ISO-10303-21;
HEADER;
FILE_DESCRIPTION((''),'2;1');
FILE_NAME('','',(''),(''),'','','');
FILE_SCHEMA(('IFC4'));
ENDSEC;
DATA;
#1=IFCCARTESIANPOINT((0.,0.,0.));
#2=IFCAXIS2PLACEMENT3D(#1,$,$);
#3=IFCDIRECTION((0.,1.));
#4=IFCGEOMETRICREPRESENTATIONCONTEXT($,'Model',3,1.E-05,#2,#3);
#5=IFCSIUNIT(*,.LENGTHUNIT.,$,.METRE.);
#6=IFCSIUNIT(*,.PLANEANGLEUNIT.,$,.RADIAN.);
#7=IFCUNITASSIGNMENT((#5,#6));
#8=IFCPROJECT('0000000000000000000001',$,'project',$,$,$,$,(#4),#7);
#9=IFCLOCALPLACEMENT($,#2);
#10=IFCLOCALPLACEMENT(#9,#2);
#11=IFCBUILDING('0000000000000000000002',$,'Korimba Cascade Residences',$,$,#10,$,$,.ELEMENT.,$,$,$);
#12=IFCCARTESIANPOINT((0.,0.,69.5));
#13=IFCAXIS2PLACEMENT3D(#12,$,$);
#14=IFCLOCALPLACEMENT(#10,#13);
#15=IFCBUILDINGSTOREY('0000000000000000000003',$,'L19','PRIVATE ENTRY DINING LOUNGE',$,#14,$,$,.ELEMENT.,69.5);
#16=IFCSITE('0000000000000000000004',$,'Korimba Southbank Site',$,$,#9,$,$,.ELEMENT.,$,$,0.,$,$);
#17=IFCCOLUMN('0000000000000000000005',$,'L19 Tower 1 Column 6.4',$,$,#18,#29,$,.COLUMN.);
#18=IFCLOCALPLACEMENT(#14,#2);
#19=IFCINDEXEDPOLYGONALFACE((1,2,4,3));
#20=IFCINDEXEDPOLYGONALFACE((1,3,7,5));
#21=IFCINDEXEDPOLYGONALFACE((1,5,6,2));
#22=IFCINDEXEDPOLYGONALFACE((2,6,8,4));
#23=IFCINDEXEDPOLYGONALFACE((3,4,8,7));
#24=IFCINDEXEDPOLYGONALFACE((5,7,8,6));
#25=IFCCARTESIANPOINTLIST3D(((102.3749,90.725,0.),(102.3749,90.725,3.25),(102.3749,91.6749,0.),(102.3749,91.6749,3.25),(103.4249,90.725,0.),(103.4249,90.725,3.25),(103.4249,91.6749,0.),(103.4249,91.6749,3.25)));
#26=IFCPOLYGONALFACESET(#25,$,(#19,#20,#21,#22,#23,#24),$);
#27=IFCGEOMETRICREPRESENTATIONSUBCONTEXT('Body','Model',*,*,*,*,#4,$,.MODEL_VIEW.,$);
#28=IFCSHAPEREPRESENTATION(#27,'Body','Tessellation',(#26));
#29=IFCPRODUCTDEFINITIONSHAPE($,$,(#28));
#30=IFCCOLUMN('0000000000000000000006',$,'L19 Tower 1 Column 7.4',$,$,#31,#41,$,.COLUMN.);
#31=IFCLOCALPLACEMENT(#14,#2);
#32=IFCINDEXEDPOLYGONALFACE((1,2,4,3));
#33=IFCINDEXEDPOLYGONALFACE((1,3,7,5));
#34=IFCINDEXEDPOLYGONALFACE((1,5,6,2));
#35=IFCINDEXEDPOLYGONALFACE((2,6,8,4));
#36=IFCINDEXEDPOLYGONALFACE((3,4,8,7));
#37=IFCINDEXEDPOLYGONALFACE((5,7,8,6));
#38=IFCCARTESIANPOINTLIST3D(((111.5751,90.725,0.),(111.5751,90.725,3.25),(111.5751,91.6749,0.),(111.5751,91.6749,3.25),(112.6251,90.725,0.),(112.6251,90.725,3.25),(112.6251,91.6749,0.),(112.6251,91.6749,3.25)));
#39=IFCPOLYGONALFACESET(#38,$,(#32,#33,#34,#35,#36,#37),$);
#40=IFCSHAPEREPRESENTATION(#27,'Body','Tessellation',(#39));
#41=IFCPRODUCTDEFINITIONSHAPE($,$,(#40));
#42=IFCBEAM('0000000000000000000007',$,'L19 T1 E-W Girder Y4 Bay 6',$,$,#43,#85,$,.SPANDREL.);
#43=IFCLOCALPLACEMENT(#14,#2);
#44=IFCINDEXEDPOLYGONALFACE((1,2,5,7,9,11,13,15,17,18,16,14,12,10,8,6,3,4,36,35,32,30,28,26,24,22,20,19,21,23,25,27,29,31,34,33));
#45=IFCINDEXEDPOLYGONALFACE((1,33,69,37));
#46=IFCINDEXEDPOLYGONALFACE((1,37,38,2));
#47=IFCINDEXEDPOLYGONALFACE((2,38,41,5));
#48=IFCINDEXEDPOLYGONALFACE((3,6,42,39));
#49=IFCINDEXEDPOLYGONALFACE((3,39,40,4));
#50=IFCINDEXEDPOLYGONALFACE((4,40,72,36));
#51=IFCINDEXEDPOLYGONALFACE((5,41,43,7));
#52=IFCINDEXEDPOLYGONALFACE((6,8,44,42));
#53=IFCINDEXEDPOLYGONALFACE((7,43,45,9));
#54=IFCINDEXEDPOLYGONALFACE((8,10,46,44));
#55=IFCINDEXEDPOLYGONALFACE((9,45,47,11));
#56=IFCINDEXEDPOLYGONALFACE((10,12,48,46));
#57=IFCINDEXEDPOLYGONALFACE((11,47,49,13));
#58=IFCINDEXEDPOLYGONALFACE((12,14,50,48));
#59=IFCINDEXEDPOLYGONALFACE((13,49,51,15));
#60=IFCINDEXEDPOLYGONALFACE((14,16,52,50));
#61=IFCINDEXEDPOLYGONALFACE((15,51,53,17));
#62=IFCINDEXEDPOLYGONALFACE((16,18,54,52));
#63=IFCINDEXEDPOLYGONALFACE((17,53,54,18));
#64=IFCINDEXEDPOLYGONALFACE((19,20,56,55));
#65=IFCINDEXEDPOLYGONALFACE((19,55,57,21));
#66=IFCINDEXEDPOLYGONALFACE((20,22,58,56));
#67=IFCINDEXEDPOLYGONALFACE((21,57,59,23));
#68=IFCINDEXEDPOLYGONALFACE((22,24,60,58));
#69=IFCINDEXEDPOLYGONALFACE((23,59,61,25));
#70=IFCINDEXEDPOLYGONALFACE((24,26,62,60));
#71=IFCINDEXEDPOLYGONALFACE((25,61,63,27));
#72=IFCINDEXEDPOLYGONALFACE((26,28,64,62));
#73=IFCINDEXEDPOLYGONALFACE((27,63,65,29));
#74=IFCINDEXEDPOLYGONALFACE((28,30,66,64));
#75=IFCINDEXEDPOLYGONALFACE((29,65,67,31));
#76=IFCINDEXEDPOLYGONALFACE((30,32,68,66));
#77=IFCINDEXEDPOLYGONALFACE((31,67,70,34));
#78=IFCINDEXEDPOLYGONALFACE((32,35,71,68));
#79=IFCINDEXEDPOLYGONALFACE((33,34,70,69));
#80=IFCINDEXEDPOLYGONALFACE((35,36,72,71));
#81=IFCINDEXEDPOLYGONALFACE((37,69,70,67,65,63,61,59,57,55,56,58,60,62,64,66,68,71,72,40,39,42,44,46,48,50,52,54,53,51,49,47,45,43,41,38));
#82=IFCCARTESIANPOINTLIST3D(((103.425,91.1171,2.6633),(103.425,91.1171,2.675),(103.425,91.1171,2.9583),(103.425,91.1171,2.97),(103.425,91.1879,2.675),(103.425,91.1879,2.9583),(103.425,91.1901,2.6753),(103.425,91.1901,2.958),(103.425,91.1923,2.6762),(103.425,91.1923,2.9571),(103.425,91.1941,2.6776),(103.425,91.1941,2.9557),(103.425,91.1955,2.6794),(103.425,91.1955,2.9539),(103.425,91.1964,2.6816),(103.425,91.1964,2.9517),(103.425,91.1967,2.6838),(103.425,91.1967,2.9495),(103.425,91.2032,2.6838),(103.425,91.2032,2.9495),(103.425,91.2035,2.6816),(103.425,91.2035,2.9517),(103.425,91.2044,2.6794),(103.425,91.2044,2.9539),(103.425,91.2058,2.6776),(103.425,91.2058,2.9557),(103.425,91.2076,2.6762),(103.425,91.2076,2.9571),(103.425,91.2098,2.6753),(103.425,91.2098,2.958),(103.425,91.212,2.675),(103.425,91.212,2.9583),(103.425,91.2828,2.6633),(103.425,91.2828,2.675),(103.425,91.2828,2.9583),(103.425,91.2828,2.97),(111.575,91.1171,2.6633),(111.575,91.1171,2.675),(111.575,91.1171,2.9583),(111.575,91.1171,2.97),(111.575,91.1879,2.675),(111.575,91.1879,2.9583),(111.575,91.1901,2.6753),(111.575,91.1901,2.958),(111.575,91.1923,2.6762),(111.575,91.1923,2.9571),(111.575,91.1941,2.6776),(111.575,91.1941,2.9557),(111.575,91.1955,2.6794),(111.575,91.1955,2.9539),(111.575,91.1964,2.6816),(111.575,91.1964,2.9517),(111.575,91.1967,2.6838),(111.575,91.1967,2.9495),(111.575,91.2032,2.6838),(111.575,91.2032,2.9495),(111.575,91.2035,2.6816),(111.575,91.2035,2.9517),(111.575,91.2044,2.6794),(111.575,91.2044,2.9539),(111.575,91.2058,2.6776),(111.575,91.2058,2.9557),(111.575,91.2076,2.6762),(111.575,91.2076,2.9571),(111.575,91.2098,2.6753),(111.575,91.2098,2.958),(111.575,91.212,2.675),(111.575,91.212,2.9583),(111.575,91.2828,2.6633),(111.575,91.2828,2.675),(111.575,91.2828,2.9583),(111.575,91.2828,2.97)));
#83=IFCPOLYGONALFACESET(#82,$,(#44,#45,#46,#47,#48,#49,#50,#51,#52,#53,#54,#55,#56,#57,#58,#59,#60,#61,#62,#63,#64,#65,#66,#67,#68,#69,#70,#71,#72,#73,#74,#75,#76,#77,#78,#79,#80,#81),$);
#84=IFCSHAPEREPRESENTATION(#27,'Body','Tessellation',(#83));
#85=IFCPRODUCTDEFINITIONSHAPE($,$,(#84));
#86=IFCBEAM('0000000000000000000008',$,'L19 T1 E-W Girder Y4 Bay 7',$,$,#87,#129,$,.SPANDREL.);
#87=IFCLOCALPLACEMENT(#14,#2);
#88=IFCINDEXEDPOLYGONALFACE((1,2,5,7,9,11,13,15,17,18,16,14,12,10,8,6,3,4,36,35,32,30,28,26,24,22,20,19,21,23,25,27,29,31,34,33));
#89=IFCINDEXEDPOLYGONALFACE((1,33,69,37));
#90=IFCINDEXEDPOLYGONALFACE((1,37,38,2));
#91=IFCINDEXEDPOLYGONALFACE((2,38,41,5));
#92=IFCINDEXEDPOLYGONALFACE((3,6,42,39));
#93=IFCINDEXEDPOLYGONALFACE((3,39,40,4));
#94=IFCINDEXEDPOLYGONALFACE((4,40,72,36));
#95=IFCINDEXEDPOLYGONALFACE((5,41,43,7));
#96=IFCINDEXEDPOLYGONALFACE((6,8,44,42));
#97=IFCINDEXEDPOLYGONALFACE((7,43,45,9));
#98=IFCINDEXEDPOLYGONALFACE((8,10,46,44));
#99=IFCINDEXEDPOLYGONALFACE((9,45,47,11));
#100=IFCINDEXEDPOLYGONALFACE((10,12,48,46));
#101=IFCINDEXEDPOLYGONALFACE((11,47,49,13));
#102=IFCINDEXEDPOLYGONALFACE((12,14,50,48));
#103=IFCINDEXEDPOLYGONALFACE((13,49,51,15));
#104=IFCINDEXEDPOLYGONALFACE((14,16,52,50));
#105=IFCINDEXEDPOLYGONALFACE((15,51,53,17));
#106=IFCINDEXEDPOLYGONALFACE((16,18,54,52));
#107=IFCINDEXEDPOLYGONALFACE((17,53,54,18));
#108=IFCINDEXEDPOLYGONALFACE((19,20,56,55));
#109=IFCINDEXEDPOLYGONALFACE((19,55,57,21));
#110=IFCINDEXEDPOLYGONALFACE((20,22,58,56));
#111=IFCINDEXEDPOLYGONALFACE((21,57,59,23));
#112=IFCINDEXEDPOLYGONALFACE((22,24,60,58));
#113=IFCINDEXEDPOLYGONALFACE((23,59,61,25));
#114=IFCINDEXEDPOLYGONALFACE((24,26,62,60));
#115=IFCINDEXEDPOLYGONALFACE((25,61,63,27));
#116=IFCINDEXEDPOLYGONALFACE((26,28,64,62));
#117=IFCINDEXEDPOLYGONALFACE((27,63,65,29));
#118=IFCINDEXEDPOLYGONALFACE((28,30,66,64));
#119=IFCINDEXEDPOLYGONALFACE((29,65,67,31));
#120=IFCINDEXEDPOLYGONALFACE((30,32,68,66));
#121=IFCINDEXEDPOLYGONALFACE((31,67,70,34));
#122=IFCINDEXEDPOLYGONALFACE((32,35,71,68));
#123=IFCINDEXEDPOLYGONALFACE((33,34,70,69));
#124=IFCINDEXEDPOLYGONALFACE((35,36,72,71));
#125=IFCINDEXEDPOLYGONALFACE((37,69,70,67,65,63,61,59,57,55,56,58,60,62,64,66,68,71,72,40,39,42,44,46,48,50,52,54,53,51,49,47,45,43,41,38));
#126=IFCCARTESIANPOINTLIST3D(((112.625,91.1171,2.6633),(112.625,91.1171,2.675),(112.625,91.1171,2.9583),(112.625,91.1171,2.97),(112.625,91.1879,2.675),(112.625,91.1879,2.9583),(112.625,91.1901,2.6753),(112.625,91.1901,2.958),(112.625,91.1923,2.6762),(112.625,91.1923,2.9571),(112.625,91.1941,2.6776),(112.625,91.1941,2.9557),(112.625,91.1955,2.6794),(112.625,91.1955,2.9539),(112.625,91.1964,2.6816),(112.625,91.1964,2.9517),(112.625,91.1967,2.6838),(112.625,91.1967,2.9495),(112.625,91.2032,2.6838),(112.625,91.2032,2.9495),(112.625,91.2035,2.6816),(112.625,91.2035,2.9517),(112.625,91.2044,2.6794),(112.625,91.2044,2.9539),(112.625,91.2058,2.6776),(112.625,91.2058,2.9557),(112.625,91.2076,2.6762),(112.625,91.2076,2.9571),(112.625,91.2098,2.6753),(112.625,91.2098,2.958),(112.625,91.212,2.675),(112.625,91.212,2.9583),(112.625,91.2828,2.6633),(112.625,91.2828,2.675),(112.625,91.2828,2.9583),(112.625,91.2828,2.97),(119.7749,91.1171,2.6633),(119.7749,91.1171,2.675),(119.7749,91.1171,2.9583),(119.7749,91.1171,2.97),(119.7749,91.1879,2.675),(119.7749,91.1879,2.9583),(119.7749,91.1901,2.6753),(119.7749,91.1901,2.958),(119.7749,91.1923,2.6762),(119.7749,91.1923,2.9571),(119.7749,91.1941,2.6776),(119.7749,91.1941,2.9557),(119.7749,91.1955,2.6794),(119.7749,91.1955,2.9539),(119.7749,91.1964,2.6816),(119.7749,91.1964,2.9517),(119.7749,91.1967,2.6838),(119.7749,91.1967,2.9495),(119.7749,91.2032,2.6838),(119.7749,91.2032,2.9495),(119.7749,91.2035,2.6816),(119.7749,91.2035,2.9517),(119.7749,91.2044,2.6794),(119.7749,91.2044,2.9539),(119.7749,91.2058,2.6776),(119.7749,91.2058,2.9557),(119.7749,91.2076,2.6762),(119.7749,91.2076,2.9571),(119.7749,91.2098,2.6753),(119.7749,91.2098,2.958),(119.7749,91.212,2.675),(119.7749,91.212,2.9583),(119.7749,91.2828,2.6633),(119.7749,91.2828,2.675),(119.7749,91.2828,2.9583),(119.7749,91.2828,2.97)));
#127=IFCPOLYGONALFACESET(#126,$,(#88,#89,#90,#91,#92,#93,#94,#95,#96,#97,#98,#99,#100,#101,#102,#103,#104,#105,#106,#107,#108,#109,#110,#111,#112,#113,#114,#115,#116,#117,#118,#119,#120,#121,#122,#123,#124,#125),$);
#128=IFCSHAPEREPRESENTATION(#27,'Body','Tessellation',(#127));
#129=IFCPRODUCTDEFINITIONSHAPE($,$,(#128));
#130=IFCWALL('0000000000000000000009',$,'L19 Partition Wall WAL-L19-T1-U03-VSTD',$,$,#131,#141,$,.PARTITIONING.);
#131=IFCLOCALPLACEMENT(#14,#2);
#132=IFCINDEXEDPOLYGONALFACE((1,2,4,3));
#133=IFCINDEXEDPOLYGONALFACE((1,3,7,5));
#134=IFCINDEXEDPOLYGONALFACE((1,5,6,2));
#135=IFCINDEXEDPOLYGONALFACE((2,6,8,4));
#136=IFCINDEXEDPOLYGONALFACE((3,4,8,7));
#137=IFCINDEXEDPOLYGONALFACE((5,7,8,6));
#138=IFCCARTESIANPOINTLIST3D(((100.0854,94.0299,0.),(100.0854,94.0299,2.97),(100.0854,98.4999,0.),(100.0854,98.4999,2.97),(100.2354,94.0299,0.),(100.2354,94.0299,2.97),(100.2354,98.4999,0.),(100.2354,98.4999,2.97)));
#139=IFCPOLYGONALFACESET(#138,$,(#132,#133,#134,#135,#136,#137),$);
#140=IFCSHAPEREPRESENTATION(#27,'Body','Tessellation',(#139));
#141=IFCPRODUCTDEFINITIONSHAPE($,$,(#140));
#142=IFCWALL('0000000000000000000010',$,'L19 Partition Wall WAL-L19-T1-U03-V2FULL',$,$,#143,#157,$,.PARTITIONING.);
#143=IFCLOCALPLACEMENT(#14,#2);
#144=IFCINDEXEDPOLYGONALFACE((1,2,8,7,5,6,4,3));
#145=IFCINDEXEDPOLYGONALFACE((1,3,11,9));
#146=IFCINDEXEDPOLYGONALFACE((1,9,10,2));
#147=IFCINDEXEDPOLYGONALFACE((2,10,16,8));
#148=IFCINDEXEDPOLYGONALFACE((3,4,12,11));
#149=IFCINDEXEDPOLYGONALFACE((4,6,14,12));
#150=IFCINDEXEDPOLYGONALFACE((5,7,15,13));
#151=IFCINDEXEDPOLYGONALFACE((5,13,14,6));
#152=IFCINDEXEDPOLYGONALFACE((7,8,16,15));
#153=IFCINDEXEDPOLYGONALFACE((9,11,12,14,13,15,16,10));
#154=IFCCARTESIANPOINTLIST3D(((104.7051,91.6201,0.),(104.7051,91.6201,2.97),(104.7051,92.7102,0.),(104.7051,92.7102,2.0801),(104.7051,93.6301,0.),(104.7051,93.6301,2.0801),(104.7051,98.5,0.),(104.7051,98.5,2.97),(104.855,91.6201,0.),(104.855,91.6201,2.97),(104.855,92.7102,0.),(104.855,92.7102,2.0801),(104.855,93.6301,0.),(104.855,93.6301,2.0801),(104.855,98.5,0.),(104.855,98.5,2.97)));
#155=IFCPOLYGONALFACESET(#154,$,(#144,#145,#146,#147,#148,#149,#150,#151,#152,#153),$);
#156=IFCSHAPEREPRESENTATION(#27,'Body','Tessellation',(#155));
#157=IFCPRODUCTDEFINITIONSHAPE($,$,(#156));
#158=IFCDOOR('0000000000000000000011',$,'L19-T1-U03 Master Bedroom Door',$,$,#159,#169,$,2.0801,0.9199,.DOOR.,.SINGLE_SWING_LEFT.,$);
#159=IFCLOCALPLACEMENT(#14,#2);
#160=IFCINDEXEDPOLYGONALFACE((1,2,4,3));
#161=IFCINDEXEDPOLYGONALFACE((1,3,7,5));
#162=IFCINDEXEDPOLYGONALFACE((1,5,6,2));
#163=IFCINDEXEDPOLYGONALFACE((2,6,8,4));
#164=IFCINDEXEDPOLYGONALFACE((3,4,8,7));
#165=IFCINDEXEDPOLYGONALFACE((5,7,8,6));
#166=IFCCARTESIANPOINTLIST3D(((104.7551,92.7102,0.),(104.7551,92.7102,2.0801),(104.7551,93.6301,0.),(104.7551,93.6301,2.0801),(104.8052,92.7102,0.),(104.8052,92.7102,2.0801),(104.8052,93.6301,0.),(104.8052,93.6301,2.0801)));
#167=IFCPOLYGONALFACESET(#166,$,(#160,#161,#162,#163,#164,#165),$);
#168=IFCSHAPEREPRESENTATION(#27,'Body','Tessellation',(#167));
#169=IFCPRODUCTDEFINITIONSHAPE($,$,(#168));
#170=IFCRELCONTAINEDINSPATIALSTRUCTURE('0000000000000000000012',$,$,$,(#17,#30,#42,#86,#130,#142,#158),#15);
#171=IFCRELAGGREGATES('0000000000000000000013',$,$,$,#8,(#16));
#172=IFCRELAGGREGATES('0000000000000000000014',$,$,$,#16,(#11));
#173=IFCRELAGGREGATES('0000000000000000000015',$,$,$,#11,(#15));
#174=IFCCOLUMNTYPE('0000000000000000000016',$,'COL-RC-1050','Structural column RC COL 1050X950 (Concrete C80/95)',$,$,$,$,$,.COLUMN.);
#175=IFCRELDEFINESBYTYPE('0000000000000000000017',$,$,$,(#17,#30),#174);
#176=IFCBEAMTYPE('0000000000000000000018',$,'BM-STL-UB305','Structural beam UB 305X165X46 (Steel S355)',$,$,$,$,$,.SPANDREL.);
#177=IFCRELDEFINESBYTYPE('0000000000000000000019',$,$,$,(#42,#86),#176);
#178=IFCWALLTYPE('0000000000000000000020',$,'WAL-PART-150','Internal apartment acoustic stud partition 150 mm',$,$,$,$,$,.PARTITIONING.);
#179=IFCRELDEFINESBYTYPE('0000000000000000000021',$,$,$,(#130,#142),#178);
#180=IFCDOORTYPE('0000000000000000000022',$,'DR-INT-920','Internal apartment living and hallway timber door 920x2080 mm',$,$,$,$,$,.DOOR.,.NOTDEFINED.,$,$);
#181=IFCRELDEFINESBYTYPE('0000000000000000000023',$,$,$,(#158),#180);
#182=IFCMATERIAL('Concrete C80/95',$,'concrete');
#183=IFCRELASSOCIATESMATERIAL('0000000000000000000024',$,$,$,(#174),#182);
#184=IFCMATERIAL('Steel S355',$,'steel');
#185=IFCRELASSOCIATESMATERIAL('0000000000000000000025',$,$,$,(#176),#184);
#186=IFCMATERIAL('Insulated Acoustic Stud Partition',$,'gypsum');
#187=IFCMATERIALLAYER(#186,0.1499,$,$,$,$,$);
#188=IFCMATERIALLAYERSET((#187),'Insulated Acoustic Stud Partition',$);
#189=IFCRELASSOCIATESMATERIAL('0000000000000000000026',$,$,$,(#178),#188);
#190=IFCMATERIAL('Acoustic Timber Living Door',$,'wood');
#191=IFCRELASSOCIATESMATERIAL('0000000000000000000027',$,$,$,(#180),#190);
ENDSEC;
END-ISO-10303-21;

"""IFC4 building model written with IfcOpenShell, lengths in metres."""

from ifc_helpers import new_model, si_unit, direction, frame, frame_2d, origin, origin_2d, place, context, subcontext, project, spatial, rectangle, i_section, extrude, material, layer, layer_set, material_profile, profile_set, type_object, element, fill, save


model = new_model("IFC4")

# Units and contexts
model_context = context("Model", 3, precision=1e-05, world=origin(), true_north=direction((0.0, 1.0)))
body_context = subcontext(model_context, "Body", "Model", "MODEL_VIEW")
ifc_project = project(units=[si_unit("LENGTHUNIT", "METRE"), si_unit("PLANEANGLEUNIT", "RADIAN")], contexts=[model_context])

# Site, building, storey
site_placement = place(None, origin())
site = spatial("IfcSite", under=ifc_project, at=site_placement, Name="Korimba Southbank Site", CompositionType="ELEMENT", RefElevation=0.0)
building_placement = place(site_placement, origin())
building = spatial("IfcBuilding", under=site, at=building_placement, Name="Korimba Cascade Residences", CompositionType="ELEMENT")
storey_placement = place(building_placement, frame((0.0, 0.0, 69.5)))
storey = spatial("IfcBuildingStorey", under=building, at=storey_placement, Name="L19", Description="PRIVATE ENTRY DINING LOUNGE", CompositionType="ELEMENT", Elevation=69.5)

# Columns
ifc_material_1 = material(Name="Concrete C80/95", Category="concrete")
ifc_material_profile_1 = material_profile(ifc_material_1, rectangle(XDim=1.05, YDim=0.95, at=origin_2d()), Name="Concrete C80/95")
ifc_profile_set_1 = profile_set([ifc_material_profile_1], Name="Concrete C80/95")
column_type = type_object("IfcColumnType", Name="COL-RC-1050", Description="Structural column RC COL 1050X950 (Concrete C80/95)", PredefinedType="COLUMN", material=ifc_profile_set_1)
for number, where, z_axis, x_axis, name in (
    (1, (102.8999, 91.2, 0.0), (0.0, 0.0, 1.0), (1.0, 0.0, 0.0), "L19 Tower 1 Column 6.4"),
    (2, (112.1001, 91.2, 0.0), (0.0, 0.0, 1.0), (1.0, 0.0, 0.0), "L19 Tower 1 Column 7.4"),
):
    element("IfcColumn", number, at=place(storey_placement, frame(where, z_axis=z_axis, x_axis=x_axis)), inside=storey, type_object=column_type, Name=name, PredefinedType="COLUMN", context=body_context, shape_type="SweptSolid", body=[
        extrude(rectangle(XDim=1.05, YDim=0.95, at=origin_2d()), origin(), (0.0, 0.0, 1.0), 3.25),
    ])

# Beams
ifc_material_2 = material(Name="Steel S355", Category="steel")
ifc_material_profile_2 = material_profile(ifc_material_2, i_section(OverallWidth=0.1658, OverallDepth=0.3066, WebThickness=0.0066, FlangeThickness=0.0117, FilletRadius=0.0088, at=origin_2d()), Name="Steel S355")
ifc_profile_set_2 = profile_set([ifc_material_profile_2], Name="Steel S355")
beam_type = type_object("IfcBeamType", Name="BM-STL-UB305", Description="Structural beam UB 305X165X46 (Steel S355)", PredefinedType="SPANDREL", material=ifc_profile_set_2)
beam_1_placement = place(storey_placement, frame((103.425, 91.2, 2.8167), z_axis=(1.0, 0.0, 0.0), x_axis=(0.0, 1.0, 0.0)))
element("IfcBeam", 3, at=beam_1_placement, inside=storey, type_object=beam_type, Name="L19 T1 E-W Girder Y4 Bay 6", PredefinedType="SPANDREL", context=body_context, shape_type="SweptSolid", body=[
    extrude(i_section(OverallWidth=0.1658, OverallDepth=0.3066, WebThickness=0.0066, FlangeThickness=0.0117, FilletRadius=0.0088, at=origin_2d()), origin(), (0.0, 0.0, 1.0), 8.1499),
])
beam_2_placement = place(storey_placement, frame((112.625, 91.2, 2.8167), z_axis=(1.0, 0.0, 0.0), x_axis=(0.0, 1.0, 0.0)))
element("IfcBeam", 4, at=beam_2_placement, inside=storey, type_object=beam_type, Name="L19 T1 E-W Girder Y4 Bay 7", PredefinedType="SPANDREL", context=body_context, shape_type="SweptSolid", body=[
    extrude(i_section(OverallWidth=0.1658, OverallDepth=0.3066, WebThickness=0.0066, FlangeThickness=0.0117, FilletRadius=0.0088, at=origin_2d()), origin(), (0.0, 0.0, 1.0), 7.1499),
])

# Wall
ifc_material_3 = material(Name="Insulated Acoustic Stud Partition", Category="gypsum")
ifc_layer = layer(ifc_material_3, 0.1499)
ifc_layer_set = layer_set([ifc_layer], Name="Insulated Acoustic Stud Partition")
wall_type = type_object("IfcWallType", Name="WAL-PART-150", Description="Internal apartment acoustic stud partition 150 mm", PredefinedType="PARTITIONING", material=ifc_layer_set)
wall_1_placement = place(storey_placement, frame((100.1604, 94.03, 0.0), z_axis=(0.0, 0.0, 1.0), x_axis=(0.0, 1.0, 0.0)))
element("IfcWall", 5, at=wall_1_placement, inside=storey, type_object=wall_type, Name="L19 Partition Wall WAL-L19-T1-U03-VSTD", PredefinedType="PARTITIONING", context=body_context, shape_type="SweptSolid", body=[
    extrude(rectangle(XDim=4.47, YDim=0.1499, at=frame_2d((2.2349, 0.0))), origin(), (0.0, 0.0, 1.0), 2.97),
])

# Wall, opening, door
wall_2_placement = place(storey_placement, frame((104.78, 91.6201, 0.0), z_axis=(0.0, 0.0, 1.0), x_axis=(0.0, 1.0, 0.0)))
wall_2 = element("IfcWall", 6, at=wall_2_placement, inside=storey, type_object=wall_type, Name="L19 Partition Wall WAL-L19-T1-U03-V2FULL", PredefinedType="PARTITIONING", context=body_context, shape_type="SweptSolid", body=[
    extrude(rectangle(XDim=6.8799, YDim=0.1499, at=frame_2d((3.4399, 0.0))), origin(), (0.0, 0.0, 1.0), 2.97),
])
opening_1_placement = place(wall_2_placement, frame((1.0901, 0.0, 0.0)))
opening_1 = element("IfcOpeningElement", 7, at=opening_1_placement, cuts=wall_2, PredefinedType="OPENING", context=body_context, shape_type="SweptSolid", body=[
    extrude(rectangle(XDim=0.9199, YDim=2.0801, at=frame_2d((0.46, 1.04))), frame((0.0, 0.085, 0.0), z_axis=(0.0, -1.0, 0.0), x_axis=(1.0, 0.0, 0.0)), (0.0, 0.0, 1.0), 0.1699),
])
ifc_material_4 = material(Name="Acoustic Timber Living Door", Category="wood")
door_type_1 = type_object("IfcDoorType", Name="DR-INT-920", Description="Internal apartment living and hallway timber door 920x2080 mm", OperationType="NOTDEFINED", PredefinedType="DOOR", material=ifc_material_4)
door_1_placement = place(opening_1_placement, origin())
door_1 = element("IfcDoor", 8, at=door_1_placement, inside=storey, type_object=door_type_1, Name="L19-T1-U03 Master Bedroom Door", OperationType="SINGLE_SWING_LEFT", OverallHeight=2.0801, OverallWidth=0.9199, PredefinedType="DOOR", context=body_context, shape_type="SweptSolid", body=[
    extrude(rectangle(XDim=0.9199, YDim=2.0801, at=frame_2d((0.46, 1.04))), frame((0.0, 0.0249, 0.0), z_axis=(0.0, -1.0, 0.0), x_axis=(1.0, 0.0, 0.0)), (0.0, 0.0, 1.0), 0.05),
])
fill(opening_1, door_1)

save(model, "model.ifc")
